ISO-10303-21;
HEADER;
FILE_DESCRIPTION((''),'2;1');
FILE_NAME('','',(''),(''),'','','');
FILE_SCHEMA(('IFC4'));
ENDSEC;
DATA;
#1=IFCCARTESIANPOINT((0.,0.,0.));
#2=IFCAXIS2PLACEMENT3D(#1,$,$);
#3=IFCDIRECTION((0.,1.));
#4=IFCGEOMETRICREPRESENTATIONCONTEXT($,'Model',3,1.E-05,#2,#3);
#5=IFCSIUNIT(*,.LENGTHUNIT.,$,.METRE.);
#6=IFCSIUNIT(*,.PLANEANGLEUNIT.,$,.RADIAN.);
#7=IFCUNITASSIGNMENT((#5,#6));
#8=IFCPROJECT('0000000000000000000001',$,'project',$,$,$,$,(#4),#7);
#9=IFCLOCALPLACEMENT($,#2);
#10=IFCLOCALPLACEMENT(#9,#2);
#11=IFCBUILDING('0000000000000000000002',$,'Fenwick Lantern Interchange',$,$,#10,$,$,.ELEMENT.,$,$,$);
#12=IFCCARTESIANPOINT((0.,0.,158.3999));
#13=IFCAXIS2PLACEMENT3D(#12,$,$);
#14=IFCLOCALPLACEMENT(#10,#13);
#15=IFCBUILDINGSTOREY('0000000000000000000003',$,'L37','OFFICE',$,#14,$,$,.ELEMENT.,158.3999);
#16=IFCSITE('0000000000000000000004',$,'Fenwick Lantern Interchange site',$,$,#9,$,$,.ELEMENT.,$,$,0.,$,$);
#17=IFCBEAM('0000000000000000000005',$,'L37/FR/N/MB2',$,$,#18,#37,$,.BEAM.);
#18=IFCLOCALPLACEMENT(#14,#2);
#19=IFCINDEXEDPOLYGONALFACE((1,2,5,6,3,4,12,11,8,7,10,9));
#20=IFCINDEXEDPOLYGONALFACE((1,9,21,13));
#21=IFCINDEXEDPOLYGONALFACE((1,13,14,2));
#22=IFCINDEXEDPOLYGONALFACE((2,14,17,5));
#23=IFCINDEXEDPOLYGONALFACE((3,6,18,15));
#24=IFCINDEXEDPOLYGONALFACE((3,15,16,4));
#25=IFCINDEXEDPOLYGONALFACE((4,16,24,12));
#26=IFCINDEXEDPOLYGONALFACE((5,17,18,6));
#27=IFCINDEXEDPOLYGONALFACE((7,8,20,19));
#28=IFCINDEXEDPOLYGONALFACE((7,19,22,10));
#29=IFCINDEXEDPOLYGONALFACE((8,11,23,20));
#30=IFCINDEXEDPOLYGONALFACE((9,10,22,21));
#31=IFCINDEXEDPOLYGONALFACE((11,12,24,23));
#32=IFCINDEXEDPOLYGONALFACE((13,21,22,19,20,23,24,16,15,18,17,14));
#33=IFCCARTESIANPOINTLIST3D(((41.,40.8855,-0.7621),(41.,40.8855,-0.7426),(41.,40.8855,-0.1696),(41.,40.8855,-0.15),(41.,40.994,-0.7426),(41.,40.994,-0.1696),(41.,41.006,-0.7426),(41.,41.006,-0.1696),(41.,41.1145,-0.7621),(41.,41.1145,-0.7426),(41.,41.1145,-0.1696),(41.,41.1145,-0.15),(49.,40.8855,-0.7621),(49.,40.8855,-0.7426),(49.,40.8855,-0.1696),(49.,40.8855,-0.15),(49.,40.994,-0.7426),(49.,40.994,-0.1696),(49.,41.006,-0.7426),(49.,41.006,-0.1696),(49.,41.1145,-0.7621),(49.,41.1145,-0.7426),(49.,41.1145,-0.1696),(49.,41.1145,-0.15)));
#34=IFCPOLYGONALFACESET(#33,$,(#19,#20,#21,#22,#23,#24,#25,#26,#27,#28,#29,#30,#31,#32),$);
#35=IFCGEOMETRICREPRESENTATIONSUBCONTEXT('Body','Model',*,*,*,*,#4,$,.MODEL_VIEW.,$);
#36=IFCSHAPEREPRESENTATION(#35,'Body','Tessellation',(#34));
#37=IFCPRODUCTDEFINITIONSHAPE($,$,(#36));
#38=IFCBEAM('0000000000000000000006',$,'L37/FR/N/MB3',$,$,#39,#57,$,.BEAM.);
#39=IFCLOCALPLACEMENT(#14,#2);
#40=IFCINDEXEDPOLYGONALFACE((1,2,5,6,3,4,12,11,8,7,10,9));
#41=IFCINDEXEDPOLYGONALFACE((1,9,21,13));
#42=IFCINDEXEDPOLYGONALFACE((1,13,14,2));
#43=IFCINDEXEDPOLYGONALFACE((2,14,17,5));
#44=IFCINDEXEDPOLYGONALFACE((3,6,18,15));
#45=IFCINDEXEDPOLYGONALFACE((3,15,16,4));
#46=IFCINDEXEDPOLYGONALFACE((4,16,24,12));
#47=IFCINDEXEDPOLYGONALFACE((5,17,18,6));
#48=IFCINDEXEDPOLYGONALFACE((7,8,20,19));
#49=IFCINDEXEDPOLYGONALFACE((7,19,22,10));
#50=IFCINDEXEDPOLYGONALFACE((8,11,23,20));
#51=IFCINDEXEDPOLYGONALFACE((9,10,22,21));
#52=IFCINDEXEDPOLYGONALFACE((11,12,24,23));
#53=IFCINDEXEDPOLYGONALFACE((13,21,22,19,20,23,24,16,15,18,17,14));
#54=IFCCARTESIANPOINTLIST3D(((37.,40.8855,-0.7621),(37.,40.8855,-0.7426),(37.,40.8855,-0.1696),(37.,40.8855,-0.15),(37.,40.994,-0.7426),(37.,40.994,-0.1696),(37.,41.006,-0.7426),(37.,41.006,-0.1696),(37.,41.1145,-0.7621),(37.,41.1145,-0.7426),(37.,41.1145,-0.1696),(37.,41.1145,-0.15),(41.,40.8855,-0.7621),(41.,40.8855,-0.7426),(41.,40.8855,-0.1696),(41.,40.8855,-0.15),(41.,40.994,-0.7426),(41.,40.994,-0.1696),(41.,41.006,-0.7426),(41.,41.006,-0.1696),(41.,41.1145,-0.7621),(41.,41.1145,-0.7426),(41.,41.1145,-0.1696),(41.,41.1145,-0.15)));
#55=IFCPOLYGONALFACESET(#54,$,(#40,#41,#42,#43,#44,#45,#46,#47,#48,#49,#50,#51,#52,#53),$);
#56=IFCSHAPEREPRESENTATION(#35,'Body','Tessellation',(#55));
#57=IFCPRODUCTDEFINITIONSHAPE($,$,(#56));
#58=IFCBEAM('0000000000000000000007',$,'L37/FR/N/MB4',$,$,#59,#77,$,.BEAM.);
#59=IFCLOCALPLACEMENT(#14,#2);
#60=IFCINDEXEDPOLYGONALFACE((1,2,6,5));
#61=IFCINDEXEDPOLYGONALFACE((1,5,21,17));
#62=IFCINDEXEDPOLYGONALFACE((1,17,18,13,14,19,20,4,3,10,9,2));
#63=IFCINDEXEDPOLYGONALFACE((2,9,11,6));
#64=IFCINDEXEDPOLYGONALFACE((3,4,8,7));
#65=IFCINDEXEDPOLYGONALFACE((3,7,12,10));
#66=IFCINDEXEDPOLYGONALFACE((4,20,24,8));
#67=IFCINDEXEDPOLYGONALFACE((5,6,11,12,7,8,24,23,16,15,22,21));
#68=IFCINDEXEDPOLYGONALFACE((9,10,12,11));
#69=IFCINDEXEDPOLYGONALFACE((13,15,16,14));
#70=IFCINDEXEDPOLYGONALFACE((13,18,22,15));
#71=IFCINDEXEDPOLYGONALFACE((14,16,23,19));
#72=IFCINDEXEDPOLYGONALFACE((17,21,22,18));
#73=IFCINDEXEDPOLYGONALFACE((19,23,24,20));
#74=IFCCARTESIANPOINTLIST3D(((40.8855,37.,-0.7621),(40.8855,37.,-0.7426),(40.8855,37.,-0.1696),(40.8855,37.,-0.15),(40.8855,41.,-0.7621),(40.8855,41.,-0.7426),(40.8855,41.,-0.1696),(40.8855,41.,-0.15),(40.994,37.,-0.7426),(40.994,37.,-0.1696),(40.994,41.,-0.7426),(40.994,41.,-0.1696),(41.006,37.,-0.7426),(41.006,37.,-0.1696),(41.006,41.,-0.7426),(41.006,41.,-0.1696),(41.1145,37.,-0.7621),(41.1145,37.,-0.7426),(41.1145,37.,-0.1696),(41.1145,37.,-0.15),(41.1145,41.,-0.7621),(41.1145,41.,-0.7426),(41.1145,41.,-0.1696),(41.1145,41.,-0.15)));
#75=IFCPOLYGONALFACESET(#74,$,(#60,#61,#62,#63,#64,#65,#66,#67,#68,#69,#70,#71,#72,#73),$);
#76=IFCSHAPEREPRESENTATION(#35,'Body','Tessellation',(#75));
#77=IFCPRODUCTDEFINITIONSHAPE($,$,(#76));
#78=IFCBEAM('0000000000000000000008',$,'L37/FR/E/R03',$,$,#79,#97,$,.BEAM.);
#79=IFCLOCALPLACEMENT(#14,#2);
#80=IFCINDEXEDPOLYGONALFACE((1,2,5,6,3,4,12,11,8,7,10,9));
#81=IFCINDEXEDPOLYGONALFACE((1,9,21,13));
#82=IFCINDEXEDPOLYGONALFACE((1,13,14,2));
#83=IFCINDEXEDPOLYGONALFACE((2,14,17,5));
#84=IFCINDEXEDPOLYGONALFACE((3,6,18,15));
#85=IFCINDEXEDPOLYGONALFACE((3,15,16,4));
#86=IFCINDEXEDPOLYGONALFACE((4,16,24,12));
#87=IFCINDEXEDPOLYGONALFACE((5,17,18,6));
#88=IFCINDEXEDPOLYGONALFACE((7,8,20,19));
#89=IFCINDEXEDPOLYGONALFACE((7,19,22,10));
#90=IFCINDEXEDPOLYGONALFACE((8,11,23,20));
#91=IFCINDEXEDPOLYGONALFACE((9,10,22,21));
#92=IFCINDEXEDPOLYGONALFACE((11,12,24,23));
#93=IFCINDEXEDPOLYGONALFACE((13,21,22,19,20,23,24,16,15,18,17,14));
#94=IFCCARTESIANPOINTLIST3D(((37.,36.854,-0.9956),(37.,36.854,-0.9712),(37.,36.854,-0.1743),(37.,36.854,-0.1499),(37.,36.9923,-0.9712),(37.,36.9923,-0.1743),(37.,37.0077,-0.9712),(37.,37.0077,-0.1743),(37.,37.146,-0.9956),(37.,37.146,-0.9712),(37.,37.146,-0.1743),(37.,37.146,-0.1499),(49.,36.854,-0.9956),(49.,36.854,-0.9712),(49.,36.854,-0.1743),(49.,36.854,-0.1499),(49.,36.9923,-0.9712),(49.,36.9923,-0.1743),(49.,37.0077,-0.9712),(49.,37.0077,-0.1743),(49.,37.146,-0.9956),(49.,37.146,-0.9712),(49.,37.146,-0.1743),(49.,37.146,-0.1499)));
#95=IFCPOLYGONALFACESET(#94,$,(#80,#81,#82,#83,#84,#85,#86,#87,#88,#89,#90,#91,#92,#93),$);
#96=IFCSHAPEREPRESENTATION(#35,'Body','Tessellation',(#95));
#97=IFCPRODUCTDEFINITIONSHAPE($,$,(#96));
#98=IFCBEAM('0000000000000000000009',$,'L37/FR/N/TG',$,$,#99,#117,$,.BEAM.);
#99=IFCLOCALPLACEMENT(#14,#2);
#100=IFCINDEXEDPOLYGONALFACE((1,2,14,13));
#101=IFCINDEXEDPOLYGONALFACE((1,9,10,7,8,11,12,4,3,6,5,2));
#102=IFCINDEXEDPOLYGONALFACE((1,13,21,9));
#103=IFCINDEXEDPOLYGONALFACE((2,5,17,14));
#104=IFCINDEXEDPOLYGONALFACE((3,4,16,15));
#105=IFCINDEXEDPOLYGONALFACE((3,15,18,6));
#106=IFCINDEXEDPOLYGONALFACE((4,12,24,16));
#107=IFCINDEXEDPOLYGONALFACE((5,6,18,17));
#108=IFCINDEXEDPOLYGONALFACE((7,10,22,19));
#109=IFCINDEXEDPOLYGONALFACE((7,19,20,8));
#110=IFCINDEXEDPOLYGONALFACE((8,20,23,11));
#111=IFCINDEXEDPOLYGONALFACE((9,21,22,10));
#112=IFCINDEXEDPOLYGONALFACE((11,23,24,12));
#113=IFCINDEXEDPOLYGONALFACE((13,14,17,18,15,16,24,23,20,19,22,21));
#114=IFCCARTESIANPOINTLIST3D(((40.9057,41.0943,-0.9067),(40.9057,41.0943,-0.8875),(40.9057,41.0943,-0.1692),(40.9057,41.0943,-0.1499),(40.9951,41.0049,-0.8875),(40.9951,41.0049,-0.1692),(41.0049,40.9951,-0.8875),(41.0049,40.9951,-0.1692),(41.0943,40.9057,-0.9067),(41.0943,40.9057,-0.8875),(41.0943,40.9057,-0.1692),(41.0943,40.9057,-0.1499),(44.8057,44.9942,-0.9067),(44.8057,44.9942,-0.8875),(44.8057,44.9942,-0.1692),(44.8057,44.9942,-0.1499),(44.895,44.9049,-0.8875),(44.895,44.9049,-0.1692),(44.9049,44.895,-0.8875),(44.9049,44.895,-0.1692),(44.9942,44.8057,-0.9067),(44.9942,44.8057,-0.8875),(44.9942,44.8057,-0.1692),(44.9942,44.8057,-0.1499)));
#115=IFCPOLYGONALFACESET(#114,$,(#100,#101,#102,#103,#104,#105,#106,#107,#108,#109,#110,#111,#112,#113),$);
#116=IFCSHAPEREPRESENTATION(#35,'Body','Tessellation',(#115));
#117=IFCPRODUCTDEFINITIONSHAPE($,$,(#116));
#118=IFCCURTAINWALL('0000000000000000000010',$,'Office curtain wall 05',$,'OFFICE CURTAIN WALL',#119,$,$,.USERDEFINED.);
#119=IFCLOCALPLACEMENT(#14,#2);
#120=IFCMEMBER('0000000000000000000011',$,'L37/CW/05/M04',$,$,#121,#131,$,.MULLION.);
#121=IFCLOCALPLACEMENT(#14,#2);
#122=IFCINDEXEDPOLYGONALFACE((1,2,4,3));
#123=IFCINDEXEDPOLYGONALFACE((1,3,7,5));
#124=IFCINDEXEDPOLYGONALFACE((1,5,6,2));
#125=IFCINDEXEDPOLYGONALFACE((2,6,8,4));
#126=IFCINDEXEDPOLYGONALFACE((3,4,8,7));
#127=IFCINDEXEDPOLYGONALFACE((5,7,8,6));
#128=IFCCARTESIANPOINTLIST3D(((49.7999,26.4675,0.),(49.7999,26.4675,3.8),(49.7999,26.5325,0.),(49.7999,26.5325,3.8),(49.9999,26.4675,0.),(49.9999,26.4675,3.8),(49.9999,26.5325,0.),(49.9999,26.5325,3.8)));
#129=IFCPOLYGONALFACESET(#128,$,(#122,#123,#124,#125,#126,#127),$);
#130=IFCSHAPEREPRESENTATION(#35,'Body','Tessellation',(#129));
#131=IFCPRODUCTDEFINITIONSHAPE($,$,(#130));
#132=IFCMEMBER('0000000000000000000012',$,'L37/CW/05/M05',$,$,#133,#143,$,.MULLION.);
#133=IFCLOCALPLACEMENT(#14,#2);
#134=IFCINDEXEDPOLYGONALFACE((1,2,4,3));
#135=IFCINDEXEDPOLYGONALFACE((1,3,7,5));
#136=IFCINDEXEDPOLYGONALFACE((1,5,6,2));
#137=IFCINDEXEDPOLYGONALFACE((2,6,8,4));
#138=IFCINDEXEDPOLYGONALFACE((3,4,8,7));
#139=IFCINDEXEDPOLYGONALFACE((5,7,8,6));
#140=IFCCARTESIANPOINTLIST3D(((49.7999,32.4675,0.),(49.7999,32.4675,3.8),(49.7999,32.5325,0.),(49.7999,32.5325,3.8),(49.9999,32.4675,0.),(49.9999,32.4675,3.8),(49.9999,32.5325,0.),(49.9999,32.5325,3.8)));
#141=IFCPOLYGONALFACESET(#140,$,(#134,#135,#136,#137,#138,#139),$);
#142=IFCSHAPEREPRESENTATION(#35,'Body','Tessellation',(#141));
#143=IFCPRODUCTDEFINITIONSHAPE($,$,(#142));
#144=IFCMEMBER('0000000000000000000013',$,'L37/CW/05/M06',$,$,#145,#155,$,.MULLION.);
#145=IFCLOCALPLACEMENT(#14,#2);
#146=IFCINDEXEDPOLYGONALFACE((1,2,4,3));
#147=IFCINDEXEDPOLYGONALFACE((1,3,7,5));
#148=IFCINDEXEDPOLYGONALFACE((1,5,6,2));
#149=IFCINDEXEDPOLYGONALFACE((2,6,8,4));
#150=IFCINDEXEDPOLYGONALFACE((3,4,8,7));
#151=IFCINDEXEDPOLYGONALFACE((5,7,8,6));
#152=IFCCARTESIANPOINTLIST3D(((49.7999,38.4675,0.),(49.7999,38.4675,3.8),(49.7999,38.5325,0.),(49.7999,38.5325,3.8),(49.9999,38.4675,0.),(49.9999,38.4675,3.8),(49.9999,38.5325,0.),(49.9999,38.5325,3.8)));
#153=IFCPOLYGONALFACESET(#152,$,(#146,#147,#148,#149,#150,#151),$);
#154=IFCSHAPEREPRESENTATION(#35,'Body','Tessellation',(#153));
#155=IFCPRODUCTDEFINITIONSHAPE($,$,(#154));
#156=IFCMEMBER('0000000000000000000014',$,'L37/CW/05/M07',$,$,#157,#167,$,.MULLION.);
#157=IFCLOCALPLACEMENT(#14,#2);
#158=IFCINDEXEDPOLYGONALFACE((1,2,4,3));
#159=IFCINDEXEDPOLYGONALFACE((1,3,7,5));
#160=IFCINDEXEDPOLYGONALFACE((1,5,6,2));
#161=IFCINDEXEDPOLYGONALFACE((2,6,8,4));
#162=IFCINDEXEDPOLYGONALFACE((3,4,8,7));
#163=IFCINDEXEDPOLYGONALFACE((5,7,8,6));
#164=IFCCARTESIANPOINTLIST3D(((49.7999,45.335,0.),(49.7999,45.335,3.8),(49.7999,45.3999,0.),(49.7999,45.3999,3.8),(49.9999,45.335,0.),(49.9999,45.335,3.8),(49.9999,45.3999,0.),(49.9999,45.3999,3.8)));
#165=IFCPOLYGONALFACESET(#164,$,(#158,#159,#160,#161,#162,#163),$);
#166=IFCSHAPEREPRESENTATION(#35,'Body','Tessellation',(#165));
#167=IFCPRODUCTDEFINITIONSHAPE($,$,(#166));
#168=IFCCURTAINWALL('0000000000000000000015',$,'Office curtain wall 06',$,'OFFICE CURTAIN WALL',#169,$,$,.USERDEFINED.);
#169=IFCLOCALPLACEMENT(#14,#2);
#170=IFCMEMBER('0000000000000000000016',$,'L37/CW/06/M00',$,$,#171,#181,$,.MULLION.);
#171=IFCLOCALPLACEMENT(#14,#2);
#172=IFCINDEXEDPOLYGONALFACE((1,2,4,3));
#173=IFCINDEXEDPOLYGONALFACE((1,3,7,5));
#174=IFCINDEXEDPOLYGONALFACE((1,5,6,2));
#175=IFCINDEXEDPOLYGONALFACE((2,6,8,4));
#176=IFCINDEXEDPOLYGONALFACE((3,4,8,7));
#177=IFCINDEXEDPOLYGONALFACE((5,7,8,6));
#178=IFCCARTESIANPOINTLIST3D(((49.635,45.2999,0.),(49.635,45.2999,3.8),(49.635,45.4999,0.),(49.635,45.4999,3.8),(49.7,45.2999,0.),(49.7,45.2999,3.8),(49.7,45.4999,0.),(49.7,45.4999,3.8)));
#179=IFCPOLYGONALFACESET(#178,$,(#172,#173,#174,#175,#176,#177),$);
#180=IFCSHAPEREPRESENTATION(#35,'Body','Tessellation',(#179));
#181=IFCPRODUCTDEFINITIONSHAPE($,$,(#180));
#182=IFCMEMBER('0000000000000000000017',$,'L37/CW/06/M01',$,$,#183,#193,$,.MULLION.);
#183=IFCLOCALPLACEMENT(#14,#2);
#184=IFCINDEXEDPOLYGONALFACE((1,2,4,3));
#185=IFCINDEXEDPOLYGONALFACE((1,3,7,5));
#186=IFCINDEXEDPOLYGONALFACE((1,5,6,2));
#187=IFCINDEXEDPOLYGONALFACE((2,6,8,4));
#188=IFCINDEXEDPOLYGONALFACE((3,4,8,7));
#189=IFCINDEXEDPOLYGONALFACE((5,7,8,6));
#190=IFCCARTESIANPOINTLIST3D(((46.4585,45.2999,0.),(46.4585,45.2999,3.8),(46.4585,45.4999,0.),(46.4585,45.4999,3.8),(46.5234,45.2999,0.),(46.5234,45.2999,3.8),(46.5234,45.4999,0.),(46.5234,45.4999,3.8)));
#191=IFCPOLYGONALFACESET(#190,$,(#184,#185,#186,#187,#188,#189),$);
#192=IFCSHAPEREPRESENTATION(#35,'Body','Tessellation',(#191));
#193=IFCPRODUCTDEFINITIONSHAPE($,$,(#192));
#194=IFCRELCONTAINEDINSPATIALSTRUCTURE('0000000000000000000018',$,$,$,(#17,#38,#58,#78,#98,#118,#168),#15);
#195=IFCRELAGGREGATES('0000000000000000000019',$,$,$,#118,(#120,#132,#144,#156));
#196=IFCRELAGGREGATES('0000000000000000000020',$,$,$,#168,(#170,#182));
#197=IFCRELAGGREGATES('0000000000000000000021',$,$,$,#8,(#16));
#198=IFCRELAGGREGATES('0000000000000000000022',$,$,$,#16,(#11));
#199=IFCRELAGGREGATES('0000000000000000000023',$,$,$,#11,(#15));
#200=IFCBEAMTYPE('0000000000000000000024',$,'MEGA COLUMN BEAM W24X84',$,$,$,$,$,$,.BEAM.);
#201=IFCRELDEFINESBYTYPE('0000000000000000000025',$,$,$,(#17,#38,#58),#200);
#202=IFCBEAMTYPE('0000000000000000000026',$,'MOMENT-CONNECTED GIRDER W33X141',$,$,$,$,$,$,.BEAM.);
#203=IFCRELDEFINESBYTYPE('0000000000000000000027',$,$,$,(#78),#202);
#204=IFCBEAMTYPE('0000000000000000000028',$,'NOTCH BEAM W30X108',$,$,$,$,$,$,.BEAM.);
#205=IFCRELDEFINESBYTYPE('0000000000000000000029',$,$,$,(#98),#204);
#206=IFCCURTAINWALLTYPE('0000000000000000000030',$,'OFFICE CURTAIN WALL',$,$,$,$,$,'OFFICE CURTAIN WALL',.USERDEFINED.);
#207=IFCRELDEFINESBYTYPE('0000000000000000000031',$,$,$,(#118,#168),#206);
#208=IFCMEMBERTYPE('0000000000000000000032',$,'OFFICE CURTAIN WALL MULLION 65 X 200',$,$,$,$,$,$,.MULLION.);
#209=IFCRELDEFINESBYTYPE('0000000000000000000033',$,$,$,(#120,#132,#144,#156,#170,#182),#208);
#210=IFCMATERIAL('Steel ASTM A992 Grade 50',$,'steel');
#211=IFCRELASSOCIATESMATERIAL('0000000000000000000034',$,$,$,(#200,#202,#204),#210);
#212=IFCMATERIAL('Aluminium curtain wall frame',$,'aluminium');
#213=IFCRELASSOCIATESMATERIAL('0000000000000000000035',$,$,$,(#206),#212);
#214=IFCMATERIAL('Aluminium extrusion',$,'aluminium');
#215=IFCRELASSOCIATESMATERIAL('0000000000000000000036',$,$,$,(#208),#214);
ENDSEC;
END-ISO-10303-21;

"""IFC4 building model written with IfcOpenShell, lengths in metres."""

from ifc_helpers import new_model, si_unit, direction, frame, origin, origin_2d, place, context, subcontext, project, spatial, rectangle, i_section, extrude, material, material_profile, profile_set, type_object, element, aggregate, save


model = new_model("IFC4")

# Units and contexts
model_context = context("Model", 3, precision=1e-05, world=origin(), true_north=direction((0.0, 1.0)))
body_context = subcontext(model_context, "Body", "Model", "MODEL_VIEW")
ifc_project = project(units=[si_unit("LENGTHUNIT", "METRE"), si_unit("PLANEANGLEUNIT", "RADIAN")], contexts=[model_context])

# Site, building, storey
site_placement = place(None, origin())
site = spatial("IfcSite", under=ifc_project, at=site_placement, Name="Fenwick Lantern Interchange site", CompositionType="ELEMENT", RefElevation=0.0)
building_placement = place(site_placement, origin())
building = spatial("IfcBuilding", under=site, at=building_placement, Name="Fenwick Lantern Interchange", CompositionType="ELEMENT")
storey_placement = place(building_placement, frame((0.0, 0.0, 158.3999)))
storey = spatial("IfcBuildingStorey", under=building, at=storey_placement, Name="L37", Description="OFFICE", CompositionType="ELEMENT", Elevation=158.3999)

# Shared definitions
ifc_material_1 = material(Name="Steel ASTM A992 Grade 50", Category="steel")

# Beams
ifc_material_profile_1 = material_profile(ifc_material_1, i_section(OverallWidth=0.229, OverallDepth=0.6121, WebThickness=0.012, FlangeThickness=0.0195, at=origin_2d()), Name="W24X84")
ifc_profile_set_1 = profile_set([ifc_material_profile_1], Name="Steel ASTM A992 Grade 50")
beam_type_1 = type_object("IfcBeamType", Name="MEGA COLUMN BEAM W24X84", PredefinedType="BEAM", material=ifc_profile_set_1)
beam_1_placement = place(storey_placement, frame((41.0, 41.0, -0.4561), z_axis=(1.0, 0.0, 0.0), x_axis=(0.0, 1.0, 0.0)))
element("IfcBeam", 1, at=beam_1_placement, inside=storey, type_object=beam_type_1, Name="L37/FR/N/MB2", PredefinedType="BEAM", context=body_context, shape_type="SweptSolid", body=[
    extrude(i_section(OverallWidth=0.229, OverallDepth=0.6121, WebThickness=0.012, FlangeThickness=0.0195, at=origin_2d()), origin(), (0.0, 0.0, 1.0), 8.0),
])
for number, where, z_axis, x_axis, name in (
    (2, (41.0, 41.0, -0.4561), (-1.0, 0.0, 0.0), (0.0, -1.0, 0.0), "L37/FR/N/MB3"),
    (3, (41.0, 41.0, -0.4561), (0.0, -1.0, 0.0), (1.0, 0.0, 0.0), "L37/FR/N/MB4"),
):
    element("IfcBeam", number, at=place(storey_placement, frame(where, z_axis=z_axis, x_axis=x_axis)), inside=storey, type_object=beam_type_1, Name=name, PredefinedType="BEAM", context=body_context, shape_type="SweptSolid", body=[
        extrude(i_section(OverallWidth=0.229, OverallDepth=0.6121, WebThickness=0.012, FlangeThickness=0.0195, at=origin_2d()), origin(), (0.0, 0.0, 1.0), 4.0),
    ])
ifc_material_profile_2 = material_profile(ifc_material_1, i_section(OverallWidth=0.292, OverallDepth=0.8457, WebThickness=0.0154, FlangeThickness=0.0244, at=origin_2d()), Name="W33X141")
ifc_profile_set_2 = profile_set([ifc_material_profile_2], Name="Steel ASTM A992 Grade 50")
beam_type_2 = type_object("IfcBeamType", Name="MOMENT-CONNECTED GIRDER W33X141", PredefinedType="BEAM", material=ifc_profile_set_2)
beam_2_placement = place(storey_placement, frame((49.0, 37.0, -0.5728), z_axis=(-1.0, 0.0, 0.0), x_axis=(0.0, -1.0, 0.0)))
element("IfcBeam", 4, at=beam_2_placement, inside=storey, type_object=beam_type_2, Name="L37/FR/E/R03", PredefinedType="BEAM", context=body_context, shape_type="SweptSolid", body=[
    extrude(i_section(OverallWidth=0.292, OverallDepth=0.8457, WebThickness=0.0154, FlangeThickness=0.0244, at=origin_2d()), origin(), (0.0, 0.0, 1.0), 12.0),
])
ifc_material_profile_3 = material_profile(ifc_material_1, i_section(OverallWidth=0.2666, OverallDepth=0.7568, WebThickness=0.0139, FlangeThickness=0.0193, at=origin_2d()), Name="W30X108")
ifc_profile_set_3 = profile_set([ifc_material_profile_3], Name="Steel ASTM A992 Grade 50")
beam_type_3 = type_object("IfcBeamType", Name="NOTCH BEAM W30X108", PredefinedType="BEAM", material=ifc_profile_set_3)
beam_3_placement = place(storey_placement, frame((41.0, 41.0, -0.5283), z_axis=(0.707107, 0.707107, 0.0), x_axis=(-0.707107, 0.707107, 0.0)))
element("IfcBeam", 5, at=beam_3_placement, inside=storey, type_object=beam_type_3, Name="L37/FR/N/TG", PredefinedType="BEAM", context=body_context, shape_type="SweptSolid", body=[
    extrude(i_section(OverallWidth=0.2666, OverallDepth=0.7568, WebThickness=0.0139, FlangeThickness=0.0193, at=origin_2d()), origin(), (0.0, 0.0, 1.0), 5.5154),
])

# Curtain walls, members
ifc_material_2 = material(Name="Aluminium curtain wall frame", Category="aluminium")
curtain_wall_type = type_object("IfcCurtainWallType", Name="OFFICE CURTAIN WALL", ElementType="OFFICE CURTAIN WALL", PredefinedType="USERDEFINED", material=ifc_material_2)
curtain_wall_1_placement = place(storey_placement, origin())
curtain_wall_1 = element("IfcCurtainWall", 6, at=curtain_wall_1_placement, inside=storey, type_object=curtain_wall_type, Name="Office curtain wall 05", ObjectType="OFFICE CURTAIN WALL", PredefinedType="USERDEFINED")
ifc_material_3 = material(Name="Aluminium extrusion", Category="aluminium")
ifc_material_profile_4 = material_profile(ifc_material_3, rectangle(XDim=0.2, YDim=0.0649, at=origin_2d()), Name="OFFICE CURTAIN WALL MULLION 65 X 200")
ifc_profile_set_4 = profile_set([ifc_material_profile_4], Name="Aluminium extrusion")
member_type_1 = type_object("IfcMemberType", Name="OFFICE CURTAIN WALL MULLION 65 X 200", PredefinedType="MULLION", material=ifc_profile_set_4)
member_1_placement = place(storey_placement, frame((49.8999, 26.5, 0.0), z_axis=(0.0, 0.0, 1.0), x_axis=(-1.0, 0.0, 0.0)))
member_1 = element("IfcMember", 7, at=member_1_placement, type_object=member_type_1, Name="L37/CW/05/M04", PredefinedType="MULLION", context=body_context, shape_type="SweptSolid", body=[
    extrude(rectangle(XDim=0.2, YDim=0.0649, at=origin_2d()), origin(), (0.0, 0.0, 1.0), 3.8),
])
member_2_placement = place(storey_placement, frame((49.8999, 32.5, 0.0), z_axis=(0.0, 0.0, 1.0), x_axis=(-1.0, 0.0, 0.0)))
member_2 = element("IfcMember", 8, at=member_2_placement, type_object=member_type_1, Name="L37/CW/05/M05", PredefinedType="MULLION", context=body_context, shape_type="SweptSolid", body=[
    extrude(rectangle(XDim=0.2, YDim=0.0649, at=origin_2d()), origin(), (0.0, 0.0, 1.0), 3.8),
])
member_3_placement = place(storey_placement, frame((49.8999, 38.5, 0.0), z_axis=(0.0, 0.0, 1.0), x_axis=(-1.0, 0.0, 0.0)))
member_3 = element("IfcMember", 9, at=member_3_placement, type_object=member_type_1, Name="L37/CW/05/M06", PredefinedType="MULLION", context=body_context, shape_type="SweptSolid", body=[
    extrude(rectangle(XDim=0.2, YDim=0.0649, at=origin_2d()), origin(), (0.0, 0.0, 1.0), 3.8),
])
member_4_placement = place(storey_placement, frame((49.8999, 45.3674, 0.0), z_axis=(0.0, 0.0, 1.0), x_axis=(-1.0, 0.0, 0.0)))
member_4 = element("IfcMember", 10, at=member_4_placement, type_object=member_type_1, Name="L37/CW/05/M07", PredefinedType="MULLION", context=body_context, shape_type="SweptSolid", body=[
    extrude(rectangle(XDim=0.2, YDim=0.0649, at=origin_2d()), origin(), (0.0, 0.0, 1.0), 3.8),
])
curtain_wall_2_placement = place(storey_placement, origin())
curtain_wall_2 = element("IfcCurtainWall", 11, at=curtain_wall_2_placement, inside=storey, type_object=curtain_wall_type, Name="Office curtain wall 06", ObjectType="OFFICE CURTAIN WALL", PredefinedType="USERDEFINED")
member_5_placement = place(storey_placement, frame((49.6675, 45.3999, 0.0), z_axis=(0.0, 0.0, 1.0), x_axis=(0.0, -1.0, 0.0)))
member_5 = element("IfcMember", 12, at=member_5_placement, type_object=member_type_1, Name="L37/CW/06/M00", PredefinedType="MULLION", context=body_context, shape_type="SweptSolid", body=[
    extrude(rectangle(XDim=0.2, YDim=0.0649, at=origin_2d()), origin(), (0.0, 0.0, 1.0), 3.8),
])
member_6_placement = place(storey_placement, frame((46.491, 45.3999, 0.0), z_axis=(0.0, 0.0, 1.0), x_axis=(0.0, -1.0, 0.0)))
member_6 = element("IfcMember", 13, at=member_6_placement, type_object=member_type_1, Name="L37/CW/06/M01", PredefinedType="MULLION", context=body_context, shape_type="SweptSolid", body=[
    extrude(rectangle(XDim=0.2, YDim=0.0649, at=origin_2d()), origin(), (0.0, 0.0, 1.0), 3.8),
])

aggregate(curtain_wall_1, [member_1, member_2, member_3, member_4])

aggregate(curtain_wall_2, [member_5, member_6])

save(model, "model.ifc")
